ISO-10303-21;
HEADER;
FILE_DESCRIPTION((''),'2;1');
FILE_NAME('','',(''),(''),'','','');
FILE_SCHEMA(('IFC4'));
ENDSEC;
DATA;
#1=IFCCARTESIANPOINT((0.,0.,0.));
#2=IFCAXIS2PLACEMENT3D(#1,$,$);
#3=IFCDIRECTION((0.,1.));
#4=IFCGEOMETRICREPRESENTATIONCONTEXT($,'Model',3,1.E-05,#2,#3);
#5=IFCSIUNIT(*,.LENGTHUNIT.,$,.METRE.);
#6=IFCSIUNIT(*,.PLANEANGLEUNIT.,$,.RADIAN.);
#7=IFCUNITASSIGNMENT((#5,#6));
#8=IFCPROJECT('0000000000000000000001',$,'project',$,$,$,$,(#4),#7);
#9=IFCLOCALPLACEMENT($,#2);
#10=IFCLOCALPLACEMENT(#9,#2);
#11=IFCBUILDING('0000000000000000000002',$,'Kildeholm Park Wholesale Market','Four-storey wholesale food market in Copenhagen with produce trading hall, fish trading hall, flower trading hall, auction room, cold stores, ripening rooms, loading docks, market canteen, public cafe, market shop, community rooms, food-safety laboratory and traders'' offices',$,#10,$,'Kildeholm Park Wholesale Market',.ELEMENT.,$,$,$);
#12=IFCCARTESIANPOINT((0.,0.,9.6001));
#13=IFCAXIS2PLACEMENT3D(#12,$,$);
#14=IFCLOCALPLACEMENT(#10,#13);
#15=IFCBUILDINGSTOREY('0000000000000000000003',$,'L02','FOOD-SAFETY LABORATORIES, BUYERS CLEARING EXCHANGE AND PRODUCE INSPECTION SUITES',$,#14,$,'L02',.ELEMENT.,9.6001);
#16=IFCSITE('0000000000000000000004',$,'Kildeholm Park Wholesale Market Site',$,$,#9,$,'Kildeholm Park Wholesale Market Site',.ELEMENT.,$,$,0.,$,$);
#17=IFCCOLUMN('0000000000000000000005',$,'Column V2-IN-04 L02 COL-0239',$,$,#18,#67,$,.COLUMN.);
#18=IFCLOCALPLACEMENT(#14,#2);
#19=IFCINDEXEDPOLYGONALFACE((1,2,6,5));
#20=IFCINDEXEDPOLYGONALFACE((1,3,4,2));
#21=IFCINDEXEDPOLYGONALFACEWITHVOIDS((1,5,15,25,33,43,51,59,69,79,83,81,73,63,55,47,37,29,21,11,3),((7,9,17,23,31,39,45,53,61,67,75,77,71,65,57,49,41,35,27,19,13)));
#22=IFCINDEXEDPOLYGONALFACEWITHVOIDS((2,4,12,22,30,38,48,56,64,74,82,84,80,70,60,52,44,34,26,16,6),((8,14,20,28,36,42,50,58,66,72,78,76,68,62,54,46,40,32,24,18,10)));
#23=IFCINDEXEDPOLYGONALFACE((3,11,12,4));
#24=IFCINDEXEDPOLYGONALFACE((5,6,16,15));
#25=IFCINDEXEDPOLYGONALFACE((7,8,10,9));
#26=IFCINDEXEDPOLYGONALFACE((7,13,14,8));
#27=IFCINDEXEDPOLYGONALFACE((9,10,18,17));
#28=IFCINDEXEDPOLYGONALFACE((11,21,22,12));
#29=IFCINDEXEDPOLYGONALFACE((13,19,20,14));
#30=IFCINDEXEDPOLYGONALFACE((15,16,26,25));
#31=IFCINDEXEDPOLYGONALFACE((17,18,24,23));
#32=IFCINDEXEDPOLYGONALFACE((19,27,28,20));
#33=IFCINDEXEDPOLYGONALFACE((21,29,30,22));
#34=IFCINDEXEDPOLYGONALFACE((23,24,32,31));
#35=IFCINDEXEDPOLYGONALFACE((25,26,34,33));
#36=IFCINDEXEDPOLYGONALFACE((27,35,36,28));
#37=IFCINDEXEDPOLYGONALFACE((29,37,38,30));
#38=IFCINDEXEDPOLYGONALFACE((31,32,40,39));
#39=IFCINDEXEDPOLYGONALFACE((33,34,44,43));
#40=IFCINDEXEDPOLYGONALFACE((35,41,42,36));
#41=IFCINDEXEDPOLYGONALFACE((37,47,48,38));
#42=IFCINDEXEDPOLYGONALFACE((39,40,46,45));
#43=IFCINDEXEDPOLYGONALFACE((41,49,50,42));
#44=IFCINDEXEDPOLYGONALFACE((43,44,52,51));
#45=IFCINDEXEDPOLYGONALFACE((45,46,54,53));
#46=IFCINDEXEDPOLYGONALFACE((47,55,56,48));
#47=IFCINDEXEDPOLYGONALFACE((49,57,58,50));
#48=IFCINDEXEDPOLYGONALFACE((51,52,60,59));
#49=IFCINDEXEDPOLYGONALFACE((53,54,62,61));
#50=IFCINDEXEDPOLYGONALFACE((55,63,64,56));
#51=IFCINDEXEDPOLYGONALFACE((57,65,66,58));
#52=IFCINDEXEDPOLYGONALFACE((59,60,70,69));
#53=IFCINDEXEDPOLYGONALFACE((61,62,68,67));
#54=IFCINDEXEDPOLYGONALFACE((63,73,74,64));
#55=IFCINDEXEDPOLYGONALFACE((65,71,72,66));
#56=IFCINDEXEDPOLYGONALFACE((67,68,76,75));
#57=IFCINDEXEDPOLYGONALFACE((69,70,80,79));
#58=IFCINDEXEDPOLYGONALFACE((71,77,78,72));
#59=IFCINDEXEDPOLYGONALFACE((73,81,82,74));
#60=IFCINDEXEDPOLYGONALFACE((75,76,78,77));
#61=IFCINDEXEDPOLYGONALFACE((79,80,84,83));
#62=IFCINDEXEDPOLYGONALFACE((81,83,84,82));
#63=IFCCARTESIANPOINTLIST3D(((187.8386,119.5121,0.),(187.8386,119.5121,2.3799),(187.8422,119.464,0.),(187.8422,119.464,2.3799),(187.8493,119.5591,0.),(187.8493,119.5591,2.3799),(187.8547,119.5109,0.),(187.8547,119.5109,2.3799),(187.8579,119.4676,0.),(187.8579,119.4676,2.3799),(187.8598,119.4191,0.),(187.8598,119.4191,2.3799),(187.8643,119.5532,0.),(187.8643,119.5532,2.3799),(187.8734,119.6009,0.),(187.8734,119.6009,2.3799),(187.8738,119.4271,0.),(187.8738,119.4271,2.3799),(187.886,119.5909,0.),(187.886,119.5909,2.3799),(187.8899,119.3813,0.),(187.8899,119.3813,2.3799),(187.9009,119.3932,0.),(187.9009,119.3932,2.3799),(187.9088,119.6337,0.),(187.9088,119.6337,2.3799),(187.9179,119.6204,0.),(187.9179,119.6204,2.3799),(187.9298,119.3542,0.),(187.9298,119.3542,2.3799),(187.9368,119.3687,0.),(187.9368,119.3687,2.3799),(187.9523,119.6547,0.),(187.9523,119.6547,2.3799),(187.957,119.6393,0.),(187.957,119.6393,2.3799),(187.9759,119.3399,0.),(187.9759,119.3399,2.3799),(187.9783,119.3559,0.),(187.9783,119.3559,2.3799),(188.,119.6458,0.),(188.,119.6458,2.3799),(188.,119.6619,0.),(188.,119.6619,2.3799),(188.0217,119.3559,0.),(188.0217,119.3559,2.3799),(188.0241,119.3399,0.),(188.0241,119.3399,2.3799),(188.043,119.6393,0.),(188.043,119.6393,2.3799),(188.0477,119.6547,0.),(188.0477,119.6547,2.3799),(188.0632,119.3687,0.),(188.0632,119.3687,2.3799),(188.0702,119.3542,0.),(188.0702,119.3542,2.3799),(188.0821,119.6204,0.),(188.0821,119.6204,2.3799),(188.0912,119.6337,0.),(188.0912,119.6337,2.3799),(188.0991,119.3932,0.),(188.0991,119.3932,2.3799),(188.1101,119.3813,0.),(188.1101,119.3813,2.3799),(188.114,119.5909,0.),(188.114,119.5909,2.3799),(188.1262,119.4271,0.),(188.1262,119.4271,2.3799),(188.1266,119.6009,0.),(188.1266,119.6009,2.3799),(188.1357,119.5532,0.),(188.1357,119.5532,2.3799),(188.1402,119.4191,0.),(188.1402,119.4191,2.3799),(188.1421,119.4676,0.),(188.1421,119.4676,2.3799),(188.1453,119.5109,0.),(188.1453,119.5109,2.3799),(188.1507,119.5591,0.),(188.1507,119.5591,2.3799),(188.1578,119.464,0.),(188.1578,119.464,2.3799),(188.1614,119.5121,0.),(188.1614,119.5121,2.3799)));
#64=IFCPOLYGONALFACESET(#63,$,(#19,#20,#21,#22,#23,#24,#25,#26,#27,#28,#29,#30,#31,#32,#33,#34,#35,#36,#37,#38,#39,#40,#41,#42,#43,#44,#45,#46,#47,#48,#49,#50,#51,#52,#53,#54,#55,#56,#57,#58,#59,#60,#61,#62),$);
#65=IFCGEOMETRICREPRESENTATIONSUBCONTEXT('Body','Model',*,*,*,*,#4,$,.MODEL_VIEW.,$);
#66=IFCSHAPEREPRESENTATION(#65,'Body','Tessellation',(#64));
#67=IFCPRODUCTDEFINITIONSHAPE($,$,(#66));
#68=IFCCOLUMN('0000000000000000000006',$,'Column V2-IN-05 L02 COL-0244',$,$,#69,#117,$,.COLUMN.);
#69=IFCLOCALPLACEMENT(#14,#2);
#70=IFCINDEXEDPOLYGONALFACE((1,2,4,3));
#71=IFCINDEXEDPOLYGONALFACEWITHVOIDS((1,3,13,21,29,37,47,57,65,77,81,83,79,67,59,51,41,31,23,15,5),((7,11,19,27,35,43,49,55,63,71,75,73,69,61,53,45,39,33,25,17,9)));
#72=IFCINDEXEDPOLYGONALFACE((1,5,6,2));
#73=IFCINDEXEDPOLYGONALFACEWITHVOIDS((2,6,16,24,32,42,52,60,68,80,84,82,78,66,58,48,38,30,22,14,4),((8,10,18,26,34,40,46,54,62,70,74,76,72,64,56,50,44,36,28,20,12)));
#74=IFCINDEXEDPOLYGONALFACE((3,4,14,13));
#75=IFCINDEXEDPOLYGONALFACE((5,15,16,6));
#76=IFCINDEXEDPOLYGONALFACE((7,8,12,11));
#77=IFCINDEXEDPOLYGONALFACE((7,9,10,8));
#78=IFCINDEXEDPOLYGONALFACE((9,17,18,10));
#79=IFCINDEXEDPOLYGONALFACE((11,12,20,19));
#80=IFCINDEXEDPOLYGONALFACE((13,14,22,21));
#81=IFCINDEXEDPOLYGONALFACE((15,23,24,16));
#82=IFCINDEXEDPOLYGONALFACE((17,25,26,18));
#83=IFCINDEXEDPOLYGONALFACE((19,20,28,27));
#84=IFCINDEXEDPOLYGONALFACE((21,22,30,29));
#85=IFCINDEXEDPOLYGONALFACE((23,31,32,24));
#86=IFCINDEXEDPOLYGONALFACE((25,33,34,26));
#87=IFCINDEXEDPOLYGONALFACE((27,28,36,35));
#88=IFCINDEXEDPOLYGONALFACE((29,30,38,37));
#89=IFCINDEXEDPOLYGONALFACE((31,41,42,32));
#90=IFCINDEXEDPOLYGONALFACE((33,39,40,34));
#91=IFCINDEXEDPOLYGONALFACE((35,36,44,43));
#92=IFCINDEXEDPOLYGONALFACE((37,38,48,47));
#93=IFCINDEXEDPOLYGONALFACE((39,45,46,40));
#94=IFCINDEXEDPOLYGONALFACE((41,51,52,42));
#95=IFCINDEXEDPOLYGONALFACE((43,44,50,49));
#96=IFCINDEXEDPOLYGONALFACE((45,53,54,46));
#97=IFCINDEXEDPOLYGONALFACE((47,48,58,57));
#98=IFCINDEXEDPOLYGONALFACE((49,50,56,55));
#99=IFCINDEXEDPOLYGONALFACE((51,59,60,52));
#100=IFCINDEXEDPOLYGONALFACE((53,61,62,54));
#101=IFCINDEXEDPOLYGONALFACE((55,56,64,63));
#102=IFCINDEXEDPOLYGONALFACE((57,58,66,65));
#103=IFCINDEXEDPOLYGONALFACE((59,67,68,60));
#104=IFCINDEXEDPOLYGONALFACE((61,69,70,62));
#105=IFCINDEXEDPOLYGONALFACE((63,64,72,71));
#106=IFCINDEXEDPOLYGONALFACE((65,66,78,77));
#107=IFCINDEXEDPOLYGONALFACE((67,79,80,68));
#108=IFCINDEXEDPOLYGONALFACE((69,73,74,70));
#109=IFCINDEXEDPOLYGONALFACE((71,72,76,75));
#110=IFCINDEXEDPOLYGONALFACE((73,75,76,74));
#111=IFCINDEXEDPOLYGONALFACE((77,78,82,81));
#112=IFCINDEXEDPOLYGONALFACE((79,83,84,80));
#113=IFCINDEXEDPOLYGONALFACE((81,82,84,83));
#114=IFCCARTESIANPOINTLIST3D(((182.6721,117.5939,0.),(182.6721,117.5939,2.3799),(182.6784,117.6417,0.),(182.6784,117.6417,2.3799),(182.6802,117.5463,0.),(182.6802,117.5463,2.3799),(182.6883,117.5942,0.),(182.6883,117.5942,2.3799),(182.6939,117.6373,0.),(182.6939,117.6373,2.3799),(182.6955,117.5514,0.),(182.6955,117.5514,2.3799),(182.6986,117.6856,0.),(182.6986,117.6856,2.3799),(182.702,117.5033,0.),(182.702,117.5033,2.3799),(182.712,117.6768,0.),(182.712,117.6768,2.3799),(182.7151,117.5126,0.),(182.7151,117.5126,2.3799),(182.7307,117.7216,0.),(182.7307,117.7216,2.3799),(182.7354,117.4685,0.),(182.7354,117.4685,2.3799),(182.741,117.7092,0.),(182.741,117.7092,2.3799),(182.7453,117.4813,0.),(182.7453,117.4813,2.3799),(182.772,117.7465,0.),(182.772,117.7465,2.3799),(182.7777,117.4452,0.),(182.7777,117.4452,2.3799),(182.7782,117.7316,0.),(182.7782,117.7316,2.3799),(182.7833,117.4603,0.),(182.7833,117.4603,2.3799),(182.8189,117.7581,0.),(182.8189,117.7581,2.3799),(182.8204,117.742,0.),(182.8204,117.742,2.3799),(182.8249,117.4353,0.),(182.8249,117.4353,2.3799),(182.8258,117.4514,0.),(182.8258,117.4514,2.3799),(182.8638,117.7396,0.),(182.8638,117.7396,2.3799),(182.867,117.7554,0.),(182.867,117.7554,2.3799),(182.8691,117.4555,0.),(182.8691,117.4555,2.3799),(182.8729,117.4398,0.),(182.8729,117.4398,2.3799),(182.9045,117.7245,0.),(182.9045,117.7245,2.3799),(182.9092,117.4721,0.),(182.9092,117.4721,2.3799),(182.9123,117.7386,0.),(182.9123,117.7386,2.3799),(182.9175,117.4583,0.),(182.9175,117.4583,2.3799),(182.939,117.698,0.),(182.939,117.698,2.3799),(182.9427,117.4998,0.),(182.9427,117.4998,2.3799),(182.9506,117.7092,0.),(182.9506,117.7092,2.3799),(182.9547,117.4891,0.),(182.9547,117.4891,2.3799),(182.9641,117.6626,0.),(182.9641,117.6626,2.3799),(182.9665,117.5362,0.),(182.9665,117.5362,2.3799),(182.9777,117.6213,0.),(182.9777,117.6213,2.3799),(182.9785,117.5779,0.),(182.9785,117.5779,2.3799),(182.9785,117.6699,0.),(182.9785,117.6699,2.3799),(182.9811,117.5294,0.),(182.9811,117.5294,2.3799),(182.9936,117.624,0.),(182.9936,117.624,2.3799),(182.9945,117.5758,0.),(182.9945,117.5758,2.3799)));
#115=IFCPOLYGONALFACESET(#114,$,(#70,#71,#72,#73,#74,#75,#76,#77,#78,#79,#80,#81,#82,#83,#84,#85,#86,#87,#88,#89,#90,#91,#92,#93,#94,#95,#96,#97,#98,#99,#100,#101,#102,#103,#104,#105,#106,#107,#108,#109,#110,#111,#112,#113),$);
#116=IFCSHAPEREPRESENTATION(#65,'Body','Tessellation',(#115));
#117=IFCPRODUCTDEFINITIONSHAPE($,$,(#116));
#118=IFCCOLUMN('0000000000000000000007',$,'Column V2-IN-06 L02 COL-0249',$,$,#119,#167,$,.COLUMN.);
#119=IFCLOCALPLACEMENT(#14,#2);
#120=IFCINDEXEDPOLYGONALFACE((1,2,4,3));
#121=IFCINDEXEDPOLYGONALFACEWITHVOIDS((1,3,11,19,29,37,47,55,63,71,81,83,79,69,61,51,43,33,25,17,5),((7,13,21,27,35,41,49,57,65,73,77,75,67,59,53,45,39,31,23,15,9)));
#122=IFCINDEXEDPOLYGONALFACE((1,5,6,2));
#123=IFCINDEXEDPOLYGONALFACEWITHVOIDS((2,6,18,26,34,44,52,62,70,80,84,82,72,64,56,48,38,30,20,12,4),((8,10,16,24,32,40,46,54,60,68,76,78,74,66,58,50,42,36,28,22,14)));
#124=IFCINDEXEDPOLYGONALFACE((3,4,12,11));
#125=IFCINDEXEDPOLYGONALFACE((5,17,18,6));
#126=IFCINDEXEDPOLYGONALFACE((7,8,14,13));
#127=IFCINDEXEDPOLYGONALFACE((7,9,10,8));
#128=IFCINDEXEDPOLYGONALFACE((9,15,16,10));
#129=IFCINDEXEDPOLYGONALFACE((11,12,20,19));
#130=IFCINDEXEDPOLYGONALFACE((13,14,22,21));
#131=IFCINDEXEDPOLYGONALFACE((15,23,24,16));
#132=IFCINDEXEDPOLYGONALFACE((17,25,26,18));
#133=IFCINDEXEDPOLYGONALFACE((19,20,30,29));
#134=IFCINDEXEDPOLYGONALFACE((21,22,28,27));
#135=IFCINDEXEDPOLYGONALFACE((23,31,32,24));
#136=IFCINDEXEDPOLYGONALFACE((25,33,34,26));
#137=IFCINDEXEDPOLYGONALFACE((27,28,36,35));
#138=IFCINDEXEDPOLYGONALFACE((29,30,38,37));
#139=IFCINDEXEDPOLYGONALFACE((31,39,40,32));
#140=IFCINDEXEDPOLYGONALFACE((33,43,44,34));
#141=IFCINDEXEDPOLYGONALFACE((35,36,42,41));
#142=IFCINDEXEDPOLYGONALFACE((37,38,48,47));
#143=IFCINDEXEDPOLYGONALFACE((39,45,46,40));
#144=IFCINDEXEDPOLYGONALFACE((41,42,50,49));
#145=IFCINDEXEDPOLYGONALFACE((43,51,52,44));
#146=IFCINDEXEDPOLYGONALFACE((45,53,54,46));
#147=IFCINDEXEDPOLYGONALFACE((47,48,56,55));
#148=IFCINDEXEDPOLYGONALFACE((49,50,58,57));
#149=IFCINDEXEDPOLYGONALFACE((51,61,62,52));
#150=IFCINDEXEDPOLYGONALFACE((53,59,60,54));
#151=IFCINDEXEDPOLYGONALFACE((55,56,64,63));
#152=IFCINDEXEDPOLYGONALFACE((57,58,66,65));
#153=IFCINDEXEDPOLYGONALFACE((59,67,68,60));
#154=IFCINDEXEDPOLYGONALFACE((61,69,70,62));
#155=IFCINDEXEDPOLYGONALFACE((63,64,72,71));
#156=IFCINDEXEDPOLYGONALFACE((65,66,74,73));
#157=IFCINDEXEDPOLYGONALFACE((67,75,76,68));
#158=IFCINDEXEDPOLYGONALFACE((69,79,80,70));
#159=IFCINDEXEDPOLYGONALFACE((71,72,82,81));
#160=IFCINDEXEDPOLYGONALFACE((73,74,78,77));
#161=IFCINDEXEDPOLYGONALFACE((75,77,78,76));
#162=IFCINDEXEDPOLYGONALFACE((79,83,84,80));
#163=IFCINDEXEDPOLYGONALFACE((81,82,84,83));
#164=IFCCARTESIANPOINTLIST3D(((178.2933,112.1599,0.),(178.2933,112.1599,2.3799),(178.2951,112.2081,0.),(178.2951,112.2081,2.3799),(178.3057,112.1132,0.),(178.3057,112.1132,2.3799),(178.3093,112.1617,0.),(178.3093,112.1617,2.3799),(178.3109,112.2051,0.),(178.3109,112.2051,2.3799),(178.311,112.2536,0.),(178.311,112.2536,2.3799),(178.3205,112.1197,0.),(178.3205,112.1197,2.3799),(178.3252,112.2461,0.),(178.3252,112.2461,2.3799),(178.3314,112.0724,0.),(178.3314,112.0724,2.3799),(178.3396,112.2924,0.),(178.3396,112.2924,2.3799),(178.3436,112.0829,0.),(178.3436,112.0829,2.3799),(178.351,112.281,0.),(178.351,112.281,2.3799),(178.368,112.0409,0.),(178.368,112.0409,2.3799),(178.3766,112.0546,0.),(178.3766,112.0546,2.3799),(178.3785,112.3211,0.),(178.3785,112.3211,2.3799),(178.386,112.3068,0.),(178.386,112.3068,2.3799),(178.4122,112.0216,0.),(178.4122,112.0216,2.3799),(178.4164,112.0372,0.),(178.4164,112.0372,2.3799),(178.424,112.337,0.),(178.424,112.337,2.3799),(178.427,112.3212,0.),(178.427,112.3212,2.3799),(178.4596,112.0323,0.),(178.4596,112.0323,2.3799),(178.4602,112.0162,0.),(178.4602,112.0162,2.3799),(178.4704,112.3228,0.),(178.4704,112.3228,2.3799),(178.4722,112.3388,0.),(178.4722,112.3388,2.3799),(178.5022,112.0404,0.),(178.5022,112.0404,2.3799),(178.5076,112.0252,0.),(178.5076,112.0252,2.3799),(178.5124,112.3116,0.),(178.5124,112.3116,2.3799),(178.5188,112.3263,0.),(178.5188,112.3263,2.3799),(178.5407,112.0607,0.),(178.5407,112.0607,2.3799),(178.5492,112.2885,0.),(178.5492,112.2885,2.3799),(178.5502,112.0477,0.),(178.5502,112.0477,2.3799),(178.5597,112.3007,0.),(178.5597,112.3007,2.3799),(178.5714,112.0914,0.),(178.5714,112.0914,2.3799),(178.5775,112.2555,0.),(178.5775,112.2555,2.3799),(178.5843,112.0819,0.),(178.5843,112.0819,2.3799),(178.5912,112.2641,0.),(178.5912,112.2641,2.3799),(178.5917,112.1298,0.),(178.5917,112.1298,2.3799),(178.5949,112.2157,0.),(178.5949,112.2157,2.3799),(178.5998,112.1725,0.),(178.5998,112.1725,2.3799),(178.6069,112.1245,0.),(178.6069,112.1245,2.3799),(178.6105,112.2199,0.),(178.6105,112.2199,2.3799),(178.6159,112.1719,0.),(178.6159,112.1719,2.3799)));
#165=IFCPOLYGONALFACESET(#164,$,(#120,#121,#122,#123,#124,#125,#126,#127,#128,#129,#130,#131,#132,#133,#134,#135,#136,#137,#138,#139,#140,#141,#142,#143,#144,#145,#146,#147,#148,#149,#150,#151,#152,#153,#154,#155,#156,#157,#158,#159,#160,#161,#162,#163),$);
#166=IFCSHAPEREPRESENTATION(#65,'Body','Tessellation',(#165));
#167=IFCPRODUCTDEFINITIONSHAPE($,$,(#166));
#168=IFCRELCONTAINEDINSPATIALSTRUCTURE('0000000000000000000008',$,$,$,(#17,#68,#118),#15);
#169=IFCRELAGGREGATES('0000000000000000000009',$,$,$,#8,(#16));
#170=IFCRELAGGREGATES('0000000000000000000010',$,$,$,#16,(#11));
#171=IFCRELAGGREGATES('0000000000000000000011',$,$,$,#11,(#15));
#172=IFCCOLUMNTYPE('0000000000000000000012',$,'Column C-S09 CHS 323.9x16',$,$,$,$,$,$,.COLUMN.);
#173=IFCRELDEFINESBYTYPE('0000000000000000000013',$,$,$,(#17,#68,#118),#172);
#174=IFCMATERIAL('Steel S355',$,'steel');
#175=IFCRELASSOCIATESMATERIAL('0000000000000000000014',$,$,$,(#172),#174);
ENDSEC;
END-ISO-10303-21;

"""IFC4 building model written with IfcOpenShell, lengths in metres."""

from ifc_helpers import new_model, si_unit, direction, frame, origin, origin_2d, place, context, subcontext, project, spatial, hollow_circle, extrude, material, material_profile, profile_set, type_object, element, save


model = new_model("IFC4")

# Units and contexts
model_context = context("Model", 3, precision=1e-05, world=origin(), true_north=direction((0.0, 1.0)))
body_context = subcontext(model_context, "Body", "Model", "MODEL_VIEW")
ifc_project = project(units=[si_unit("LENGTHUNIT", "METRE"), si_unit("PLANEANGLEUNIT", "RADIAN")], contexts=[model_context])

# Site, building, storey
site_placement = place(None, origin())
site = spatial("IfcSite", under=ifc_project, at=site_placement, Name="Kildeholm Park Wholesale Market Site", LongName="Kildeholm Park Wholesale Market Site", CompositionType="ELEMENT", RefElevation=0.0)
building_placement = place(site_placement, origin())
building = spatial("IfcBuilding", under=site, at=building_placement, Name="Kildeholm Park Wholesale Market", Description="Four-storey wholesale food market in Copenhagen with produce trading hall, fish trading hall, flower trading hall, auction room, cold stores, ripening rooms, loading docks, market canteen, public cafe, market shop, community rooms, food-safety laboratory and traders' offices", LongName="Kildeholm Park Wholesale Market", CompositionType="ELEMENT")
storey_placement = place(building_placement, frame((0.0, 0.0, 9.6001)))
storey = spatial("IfcBuildingStorey", under=building, at=storey_placement, Name="L02", Description="FOOD-SAFETY LABORATORIES, BUYERS CLEARING EXCHANGE AND PRODUCE INSPECTION SUITES", LongName="L02", CompositionType="ELEMENT", Elevation=9.6001)

# Columns
ifc_material_1 = material(Name="Steel S355", Category="steel")
ifc_material_profile_1 = material_profile(ifc_material_1, hollow_circle(Radius=0.1619, WallThickness=0.0161, at=origin_2d()), Name="CHS 323.9x16")
ifc_profile_set_1 = profile_set([ifc_material_profile_1], Name="Steel S355")
column_type = type_object("IfcColumnType", Name="Column C-S09 CHS 323.9x16", PredefinedType="COLUMN", material=ifc_profile_set_1)
for number, where, z_axis, x_axis, name in (
    (1, (188.0, 119.5, 0.0), (0.0, 0.0, 1.0), (0.0, 1.0, 0.0), "Column V2-IN-04 L02 COL-0239"),
    (2, (182.834, 117.5969, 0.0), (0.0, 0.0, 1.0), (-0.382683, 0.92388, 0.0), "Column V2-IN-05 L02 COL-0244"),
    (3, (178.4541, 112.178, 0.0), (0.0, 0.0, 1.0), (-0.707107, 0.707107, 0.0), "Column V2-IN-06 L02 COL-0249"),
):
    element("IfcColumn", number, at=place(storey_placement, frame(where, z_axis=z_axis, x_axis=x_axis)), inside=storey, type_object=column_type, Name=name, PredefinedType="COLUMN", context=body_context, shape_type="SweptSolid", body=[
        extrude(hollow_circle(Radius=0.1619, WallThickness=0.0161, at=origin_2d()), origin(), (0.0, 0.0, 1.0), 2.3799),
    ])

save(model, "model.ifc")
